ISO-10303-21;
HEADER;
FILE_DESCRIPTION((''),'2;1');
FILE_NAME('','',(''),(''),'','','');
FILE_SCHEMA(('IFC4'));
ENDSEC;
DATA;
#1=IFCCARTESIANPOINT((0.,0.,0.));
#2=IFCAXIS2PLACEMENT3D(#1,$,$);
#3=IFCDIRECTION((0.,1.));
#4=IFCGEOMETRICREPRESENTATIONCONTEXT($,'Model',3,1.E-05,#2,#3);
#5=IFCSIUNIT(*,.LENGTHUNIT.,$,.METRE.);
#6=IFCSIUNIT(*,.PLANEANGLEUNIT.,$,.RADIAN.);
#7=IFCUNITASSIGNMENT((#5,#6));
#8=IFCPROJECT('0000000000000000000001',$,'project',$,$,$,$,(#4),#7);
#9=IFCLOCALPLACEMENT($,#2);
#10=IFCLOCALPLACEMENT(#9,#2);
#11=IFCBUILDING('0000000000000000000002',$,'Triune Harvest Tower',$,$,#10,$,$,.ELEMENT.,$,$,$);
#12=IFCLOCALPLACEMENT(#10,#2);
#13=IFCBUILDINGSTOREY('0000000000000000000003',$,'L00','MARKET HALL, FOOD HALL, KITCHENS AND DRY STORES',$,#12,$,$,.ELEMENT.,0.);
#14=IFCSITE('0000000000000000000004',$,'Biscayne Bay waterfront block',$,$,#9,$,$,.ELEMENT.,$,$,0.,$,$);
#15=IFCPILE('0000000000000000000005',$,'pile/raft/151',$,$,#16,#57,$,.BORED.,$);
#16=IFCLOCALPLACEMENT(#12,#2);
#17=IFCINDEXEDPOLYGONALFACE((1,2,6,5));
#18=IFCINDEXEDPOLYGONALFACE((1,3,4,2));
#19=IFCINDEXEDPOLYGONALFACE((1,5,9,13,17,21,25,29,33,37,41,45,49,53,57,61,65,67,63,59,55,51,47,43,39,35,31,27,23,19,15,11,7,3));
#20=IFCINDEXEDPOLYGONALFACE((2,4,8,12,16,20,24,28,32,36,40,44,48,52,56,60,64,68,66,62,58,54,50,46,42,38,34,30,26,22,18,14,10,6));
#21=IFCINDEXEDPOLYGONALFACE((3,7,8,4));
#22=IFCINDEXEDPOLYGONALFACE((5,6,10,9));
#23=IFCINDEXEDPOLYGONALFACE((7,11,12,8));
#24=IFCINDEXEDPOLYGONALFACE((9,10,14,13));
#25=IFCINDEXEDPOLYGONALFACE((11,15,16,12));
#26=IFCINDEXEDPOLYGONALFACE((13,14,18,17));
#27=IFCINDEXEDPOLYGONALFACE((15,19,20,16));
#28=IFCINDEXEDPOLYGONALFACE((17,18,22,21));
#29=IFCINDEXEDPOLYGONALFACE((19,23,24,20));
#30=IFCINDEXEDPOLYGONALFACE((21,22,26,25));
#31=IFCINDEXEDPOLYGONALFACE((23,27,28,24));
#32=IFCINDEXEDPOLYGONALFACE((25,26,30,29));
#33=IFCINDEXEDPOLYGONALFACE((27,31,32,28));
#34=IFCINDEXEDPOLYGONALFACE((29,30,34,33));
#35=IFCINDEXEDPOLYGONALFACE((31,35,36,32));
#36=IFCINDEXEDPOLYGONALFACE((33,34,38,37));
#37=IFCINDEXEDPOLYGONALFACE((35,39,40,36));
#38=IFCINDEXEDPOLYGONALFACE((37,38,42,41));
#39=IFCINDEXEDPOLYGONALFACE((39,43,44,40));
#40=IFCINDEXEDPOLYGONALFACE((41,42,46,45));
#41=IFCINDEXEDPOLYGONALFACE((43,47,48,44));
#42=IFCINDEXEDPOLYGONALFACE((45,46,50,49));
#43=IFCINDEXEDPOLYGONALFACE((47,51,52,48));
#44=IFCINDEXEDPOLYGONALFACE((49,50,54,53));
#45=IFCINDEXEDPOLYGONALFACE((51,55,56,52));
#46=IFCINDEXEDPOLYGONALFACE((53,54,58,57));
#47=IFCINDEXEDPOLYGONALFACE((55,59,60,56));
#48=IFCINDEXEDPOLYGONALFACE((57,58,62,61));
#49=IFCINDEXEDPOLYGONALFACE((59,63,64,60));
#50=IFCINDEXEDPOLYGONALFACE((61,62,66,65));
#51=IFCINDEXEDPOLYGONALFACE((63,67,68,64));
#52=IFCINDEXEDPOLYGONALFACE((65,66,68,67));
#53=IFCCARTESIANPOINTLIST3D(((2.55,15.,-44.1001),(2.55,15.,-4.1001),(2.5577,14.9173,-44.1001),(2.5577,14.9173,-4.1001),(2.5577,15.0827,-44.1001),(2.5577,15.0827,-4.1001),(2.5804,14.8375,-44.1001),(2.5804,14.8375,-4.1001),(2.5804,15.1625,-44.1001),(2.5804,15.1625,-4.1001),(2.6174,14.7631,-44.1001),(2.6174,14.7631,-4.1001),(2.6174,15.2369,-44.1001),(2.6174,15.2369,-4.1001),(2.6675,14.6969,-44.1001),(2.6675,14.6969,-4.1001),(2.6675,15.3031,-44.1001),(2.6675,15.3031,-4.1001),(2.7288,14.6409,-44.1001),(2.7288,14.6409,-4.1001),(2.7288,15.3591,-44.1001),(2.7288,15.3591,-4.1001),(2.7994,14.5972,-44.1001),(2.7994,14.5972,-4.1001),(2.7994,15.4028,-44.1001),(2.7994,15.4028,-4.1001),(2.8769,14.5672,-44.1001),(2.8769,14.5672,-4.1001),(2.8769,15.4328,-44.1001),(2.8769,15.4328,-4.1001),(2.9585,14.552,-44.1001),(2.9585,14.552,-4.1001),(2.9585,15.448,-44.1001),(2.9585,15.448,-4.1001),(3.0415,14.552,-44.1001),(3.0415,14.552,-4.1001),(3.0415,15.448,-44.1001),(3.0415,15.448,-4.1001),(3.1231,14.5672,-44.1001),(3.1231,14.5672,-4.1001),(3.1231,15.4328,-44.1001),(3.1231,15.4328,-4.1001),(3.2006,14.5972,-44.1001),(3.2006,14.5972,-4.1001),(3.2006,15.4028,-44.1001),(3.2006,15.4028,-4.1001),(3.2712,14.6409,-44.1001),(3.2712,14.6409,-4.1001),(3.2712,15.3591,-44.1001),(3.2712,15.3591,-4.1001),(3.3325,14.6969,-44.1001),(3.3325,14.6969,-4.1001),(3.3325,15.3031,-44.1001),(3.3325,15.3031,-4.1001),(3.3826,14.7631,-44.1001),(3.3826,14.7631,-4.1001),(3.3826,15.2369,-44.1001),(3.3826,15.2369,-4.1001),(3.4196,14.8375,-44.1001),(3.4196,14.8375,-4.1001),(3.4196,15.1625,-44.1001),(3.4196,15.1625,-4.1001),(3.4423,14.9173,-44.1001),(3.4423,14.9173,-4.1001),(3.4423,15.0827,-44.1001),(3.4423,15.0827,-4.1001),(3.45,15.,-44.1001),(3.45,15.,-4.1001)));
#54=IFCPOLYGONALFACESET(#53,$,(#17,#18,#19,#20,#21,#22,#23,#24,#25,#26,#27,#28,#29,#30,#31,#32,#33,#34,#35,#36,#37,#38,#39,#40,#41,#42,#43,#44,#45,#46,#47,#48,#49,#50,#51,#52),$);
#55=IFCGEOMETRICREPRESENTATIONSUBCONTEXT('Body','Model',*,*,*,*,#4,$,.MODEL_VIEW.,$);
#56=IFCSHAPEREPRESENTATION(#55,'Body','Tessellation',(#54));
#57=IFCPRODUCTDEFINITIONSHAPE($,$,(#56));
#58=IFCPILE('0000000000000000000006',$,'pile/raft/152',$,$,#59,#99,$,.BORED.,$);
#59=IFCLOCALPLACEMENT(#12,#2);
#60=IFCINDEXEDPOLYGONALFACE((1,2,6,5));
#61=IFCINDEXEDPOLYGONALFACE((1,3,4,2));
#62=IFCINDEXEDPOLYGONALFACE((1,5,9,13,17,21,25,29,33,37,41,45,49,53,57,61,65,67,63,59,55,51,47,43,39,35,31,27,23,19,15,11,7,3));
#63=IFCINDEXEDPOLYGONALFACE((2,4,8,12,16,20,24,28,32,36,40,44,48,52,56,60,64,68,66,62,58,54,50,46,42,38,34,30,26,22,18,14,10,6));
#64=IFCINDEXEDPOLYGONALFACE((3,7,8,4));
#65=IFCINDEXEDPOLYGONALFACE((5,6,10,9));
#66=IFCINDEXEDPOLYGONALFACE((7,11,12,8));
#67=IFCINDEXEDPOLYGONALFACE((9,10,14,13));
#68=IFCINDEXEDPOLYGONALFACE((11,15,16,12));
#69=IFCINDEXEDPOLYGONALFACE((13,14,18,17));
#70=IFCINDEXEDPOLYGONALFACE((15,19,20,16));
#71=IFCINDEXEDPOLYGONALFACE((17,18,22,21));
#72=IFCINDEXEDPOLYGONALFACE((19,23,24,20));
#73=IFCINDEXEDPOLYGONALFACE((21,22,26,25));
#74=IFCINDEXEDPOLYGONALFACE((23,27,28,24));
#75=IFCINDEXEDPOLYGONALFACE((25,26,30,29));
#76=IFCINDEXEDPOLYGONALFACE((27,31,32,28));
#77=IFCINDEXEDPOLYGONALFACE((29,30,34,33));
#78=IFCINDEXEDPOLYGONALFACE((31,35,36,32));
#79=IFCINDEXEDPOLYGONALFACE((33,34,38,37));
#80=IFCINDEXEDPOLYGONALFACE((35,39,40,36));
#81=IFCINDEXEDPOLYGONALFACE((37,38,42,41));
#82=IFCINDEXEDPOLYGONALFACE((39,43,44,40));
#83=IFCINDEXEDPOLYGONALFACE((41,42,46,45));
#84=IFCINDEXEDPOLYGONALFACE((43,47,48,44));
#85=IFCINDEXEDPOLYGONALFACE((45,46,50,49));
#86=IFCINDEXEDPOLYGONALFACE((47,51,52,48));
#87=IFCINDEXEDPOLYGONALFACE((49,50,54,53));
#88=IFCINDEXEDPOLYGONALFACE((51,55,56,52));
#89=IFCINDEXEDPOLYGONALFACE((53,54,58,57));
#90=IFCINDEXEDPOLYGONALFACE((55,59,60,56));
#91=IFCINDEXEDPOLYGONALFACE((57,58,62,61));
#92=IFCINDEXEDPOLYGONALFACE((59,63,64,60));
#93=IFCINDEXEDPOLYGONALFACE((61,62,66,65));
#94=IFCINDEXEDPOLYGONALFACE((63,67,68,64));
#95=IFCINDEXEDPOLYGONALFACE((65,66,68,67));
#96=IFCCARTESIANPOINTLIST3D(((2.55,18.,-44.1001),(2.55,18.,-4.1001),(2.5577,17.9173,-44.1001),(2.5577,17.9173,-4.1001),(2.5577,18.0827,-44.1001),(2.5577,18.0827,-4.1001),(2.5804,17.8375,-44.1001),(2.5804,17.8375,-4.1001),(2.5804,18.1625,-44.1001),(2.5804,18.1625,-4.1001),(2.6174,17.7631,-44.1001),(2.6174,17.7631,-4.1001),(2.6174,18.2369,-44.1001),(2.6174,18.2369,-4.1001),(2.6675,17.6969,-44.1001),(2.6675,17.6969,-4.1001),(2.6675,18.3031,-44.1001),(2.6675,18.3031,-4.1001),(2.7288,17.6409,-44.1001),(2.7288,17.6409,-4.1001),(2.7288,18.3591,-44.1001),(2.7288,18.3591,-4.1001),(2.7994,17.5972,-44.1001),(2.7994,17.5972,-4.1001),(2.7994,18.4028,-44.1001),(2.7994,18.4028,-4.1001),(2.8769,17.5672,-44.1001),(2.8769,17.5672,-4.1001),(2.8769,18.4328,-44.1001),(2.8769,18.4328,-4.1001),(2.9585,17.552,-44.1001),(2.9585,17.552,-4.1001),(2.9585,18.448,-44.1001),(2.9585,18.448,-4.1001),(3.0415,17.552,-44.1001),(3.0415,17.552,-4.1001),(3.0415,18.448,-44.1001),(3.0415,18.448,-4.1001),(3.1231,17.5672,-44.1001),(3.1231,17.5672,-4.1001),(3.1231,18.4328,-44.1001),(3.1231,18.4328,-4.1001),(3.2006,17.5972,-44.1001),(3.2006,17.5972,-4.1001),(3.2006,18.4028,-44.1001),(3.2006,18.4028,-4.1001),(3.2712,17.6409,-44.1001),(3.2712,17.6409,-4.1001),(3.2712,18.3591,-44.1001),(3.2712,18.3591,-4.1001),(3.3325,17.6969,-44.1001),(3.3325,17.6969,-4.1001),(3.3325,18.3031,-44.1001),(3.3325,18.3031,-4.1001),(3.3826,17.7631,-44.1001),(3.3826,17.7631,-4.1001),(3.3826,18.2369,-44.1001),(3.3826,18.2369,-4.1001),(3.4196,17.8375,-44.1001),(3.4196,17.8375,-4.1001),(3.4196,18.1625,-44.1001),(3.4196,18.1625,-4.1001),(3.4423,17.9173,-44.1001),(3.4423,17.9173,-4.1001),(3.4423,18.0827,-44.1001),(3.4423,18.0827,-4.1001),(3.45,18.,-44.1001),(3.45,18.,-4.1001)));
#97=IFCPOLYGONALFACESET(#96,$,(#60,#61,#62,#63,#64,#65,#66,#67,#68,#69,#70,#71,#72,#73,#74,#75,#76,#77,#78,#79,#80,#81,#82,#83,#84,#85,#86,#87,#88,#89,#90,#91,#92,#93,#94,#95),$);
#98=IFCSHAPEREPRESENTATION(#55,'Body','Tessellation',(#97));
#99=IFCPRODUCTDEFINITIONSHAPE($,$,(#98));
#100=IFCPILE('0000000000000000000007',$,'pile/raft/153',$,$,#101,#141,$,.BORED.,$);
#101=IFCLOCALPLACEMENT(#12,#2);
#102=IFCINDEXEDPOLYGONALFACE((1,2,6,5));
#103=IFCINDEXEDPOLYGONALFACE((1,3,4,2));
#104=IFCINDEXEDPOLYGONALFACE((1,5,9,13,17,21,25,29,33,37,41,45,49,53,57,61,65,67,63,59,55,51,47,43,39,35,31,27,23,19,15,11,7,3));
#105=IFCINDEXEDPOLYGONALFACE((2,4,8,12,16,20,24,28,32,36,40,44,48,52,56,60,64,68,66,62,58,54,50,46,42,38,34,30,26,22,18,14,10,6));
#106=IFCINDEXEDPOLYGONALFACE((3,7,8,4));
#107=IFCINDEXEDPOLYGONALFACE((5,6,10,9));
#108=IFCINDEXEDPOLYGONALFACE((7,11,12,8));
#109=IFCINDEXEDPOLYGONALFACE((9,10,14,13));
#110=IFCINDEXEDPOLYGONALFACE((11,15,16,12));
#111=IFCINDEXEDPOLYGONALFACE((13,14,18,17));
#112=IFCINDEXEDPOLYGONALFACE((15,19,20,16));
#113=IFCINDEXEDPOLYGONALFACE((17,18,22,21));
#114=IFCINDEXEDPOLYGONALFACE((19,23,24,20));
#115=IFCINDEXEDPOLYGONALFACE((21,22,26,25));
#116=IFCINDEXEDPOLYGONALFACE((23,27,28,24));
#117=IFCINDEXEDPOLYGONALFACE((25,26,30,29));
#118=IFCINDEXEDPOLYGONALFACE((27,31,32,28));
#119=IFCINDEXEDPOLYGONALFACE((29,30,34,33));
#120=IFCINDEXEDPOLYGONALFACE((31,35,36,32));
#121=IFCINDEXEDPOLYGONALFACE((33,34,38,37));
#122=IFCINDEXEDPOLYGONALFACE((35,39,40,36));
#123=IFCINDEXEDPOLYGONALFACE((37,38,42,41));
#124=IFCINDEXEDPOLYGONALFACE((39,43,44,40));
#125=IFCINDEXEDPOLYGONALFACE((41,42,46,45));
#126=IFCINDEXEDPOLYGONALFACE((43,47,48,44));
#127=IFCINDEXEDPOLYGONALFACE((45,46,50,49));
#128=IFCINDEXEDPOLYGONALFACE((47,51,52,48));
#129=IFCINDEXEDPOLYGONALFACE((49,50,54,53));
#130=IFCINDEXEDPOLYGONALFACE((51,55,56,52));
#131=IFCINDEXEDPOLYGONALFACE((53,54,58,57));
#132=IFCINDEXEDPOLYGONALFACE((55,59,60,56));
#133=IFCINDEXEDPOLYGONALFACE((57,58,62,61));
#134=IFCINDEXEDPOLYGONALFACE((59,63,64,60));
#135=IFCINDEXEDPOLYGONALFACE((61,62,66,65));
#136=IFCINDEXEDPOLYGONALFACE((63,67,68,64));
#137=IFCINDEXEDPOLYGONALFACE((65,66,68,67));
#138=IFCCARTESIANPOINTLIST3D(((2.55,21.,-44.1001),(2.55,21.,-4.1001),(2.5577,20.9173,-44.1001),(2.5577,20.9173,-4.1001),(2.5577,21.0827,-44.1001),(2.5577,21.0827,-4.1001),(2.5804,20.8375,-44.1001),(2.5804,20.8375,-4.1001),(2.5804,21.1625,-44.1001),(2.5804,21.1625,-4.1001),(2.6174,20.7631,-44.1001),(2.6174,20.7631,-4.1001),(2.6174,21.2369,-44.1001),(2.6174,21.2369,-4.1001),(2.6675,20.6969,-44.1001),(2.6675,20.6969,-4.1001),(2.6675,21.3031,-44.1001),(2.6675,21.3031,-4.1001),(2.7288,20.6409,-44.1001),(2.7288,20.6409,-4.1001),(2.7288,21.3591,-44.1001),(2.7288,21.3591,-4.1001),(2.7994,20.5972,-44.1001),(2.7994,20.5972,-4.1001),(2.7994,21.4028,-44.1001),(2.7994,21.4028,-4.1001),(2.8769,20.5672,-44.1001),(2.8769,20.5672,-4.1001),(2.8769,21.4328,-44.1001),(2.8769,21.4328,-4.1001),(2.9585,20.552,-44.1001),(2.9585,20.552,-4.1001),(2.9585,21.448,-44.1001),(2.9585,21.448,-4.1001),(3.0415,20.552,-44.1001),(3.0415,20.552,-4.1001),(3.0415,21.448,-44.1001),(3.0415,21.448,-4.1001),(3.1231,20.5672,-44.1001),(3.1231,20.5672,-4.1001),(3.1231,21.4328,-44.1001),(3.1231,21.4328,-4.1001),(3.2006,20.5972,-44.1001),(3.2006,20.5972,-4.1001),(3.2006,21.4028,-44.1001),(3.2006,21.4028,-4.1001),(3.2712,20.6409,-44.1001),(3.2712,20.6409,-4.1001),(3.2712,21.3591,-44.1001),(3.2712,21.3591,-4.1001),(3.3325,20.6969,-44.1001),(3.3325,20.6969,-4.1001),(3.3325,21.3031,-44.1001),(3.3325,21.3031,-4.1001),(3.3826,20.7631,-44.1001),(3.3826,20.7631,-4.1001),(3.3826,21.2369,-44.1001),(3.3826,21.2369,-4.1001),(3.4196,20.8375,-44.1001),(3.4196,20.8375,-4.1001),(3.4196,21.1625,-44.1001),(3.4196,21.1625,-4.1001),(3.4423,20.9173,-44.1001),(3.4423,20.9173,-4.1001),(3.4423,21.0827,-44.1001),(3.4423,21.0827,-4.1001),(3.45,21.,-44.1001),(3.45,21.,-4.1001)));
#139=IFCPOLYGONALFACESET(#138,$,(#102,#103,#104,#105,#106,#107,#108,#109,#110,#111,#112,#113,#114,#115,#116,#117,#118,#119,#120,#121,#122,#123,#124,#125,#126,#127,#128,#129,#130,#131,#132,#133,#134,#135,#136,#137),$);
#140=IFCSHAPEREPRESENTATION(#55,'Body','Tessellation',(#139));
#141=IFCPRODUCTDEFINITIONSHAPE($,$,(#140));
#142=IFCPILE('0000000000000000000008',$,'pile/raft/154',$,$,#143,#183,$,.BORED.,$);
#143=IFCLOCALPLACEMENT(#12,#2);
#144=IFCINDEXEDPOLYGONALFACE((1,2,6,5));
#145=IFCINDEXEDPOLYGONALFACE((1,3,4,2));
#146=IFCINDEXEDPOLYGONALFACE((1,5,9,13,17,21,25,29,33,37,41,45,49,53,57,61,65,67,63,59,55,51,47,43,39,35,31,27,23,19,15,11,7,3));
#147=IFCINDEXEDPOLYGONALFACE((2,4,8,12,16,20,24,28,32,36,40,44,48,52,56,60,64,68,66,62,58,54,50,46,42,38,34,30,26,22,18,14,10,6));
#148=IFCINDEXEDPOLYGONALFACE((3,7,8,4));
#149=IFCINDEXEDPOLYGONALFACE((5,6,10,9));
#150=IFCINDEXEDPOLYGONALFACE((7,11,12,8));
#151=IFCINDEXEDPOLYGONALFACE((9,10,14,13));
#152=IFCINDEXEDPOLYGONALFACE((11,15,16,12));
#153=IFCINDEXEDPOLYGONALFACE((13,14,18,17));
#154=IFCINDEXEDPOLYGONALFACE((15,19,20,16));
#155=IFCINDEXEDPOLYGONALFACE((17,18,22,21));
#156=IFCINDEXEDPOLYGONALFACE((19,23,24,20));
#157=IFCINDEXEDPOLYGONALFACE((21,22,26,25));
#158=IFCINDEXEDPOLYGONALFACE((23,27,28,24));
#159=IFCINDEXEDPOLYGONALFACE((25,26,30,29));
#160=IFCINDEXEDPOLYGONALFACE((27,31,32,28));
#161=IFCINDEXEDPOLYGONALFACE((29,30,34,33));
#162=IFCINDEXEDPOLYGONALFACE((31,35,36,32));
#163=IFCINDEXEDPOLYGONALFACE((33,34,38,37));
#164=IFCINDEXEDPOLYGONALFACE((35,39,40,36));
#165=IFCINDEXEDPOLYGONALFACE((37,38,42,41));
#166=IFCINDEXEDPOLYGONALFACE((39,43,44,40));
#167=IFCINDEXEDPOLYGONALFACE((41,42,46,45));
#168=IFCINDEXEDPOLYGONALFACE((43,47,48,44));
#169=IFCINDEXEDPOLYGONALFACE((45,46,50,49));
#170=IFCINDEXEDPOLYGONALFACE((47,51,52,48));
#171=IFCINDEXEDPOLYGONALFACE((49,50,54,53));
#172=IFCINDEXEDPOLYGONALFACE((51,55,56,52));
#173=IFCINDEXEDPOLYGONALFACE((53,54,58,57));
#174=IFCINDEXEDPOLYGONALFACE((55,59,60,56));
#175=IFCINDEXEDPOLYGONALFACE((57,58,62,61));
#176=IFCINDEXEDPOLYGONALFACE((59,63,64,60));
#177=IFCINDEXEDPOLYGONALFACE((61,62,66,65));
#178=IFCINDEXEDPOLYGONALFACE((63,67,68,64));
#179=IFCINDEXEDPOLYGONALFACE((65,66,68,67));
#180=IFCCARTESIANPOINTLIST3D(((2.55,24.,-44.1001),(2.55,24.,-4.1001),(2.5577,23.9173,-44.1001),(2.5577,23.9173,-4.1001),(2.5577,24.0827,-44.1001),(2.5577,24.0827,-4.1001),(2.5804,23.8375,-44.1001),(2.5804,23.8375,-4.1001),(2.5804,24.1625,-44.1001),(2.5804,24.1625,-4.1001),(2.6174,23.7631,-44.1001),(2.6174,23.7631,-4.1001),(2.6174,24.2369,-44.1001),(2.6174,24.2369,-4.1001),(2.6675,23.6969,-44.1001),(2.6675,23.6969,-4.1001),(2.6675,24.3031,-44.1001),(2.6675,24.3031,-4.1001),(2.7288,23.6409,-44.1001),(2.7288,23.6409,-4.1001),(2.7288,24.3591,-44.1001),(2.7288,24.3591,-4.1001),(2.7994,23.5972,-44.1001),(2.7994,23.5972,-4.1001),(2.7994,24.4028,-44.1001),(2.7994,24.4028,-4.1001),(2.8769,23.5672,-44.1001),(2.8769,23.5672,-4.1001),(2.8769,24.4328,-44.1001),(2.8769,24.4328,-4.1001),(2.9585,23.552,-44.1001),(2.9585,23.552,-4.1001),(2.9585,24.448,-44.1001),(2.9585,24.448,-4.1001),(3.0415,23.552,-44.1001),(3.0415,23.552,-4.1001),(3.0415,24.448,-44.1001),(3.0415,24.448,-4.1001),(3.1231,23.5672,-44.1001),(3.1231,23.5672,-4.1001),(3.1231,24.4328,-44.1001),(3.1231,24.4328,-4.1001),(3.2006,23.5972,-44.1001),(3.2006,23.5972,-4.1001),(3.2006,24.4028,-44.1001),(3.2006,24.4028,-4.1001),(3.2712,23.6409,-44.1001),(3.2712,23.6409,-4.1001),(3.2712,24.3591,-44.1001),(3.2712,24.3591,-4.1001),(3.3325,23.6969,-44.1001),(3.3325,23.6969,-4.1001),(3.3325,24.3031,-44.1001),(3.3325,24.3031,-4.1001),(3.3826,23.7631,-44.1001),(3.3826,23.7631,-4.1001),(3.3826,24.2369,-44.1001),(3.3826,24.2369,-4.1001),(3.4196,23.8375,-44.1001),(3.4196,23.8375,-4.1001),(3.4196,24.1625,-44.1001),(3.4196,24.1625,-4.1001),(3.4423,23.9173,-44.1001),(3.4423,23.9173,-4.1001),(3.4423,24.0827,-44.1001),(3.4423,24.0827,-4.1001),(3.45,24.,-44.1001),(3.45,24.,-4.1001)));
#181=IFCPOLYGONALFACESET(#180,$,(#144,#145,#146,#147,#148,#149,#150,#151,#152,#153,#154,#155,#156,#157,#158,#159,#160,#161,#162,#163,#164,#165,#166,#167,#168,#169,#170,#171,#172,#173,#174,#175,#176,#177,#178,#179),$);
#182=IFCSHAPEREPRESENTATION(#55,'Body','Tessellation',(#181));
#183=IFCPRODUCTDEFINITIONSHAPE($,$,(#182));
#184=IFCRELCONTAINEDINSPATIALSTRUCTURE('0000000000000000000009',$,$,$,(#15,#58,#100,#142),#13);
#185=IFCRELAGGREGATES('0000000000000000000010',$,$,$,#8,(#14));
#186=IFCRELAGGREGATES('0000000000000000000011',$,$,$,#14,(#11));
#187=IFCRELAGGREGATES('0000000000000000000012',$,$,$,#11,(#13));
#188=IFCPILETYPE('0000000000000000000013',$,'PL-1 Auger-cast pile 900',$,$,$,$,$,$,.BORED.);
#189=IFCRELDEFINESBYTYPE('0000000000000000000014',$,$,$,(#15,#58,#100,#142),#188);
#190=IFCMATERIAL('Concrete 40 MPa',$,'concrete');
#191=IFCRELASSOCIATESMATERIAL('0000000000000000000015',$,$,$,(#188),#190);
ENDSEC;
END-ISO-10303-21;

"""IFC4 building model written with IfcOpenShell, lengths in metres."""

from ifc_helpers import new_model, si_unit, direction, frame, origin, origin_2d, place, context, subcontext, project, spatial, circle, extrude, source, transform, mapped, material, material_profile, profile_set, type_object, element, save


model = new_model("IFC4")

# Units and contexts
model_context = context("Model", 3, precision=1e-05, world=origin(), true_north=direction((0.0, 1.0)))
body_context = subcontext(model_context, "Body", "Model", "MODEL_VIEW")
ifc_project = project(units=[si_unit("LENGTHUNIT", "METRE"), si_unit("PLANEANGLEUNIT", "RADIAN")], contexts=[model_context])

# Site, building, storey
site_placement = place(None, origin())
site = spatial("IfcSite", under=ifc_project, at=site_placement, Name="Biscayne Bay waterfront block", CompositionType="ELEMENT", RefElevation=0.0)
building_placement = place(site_placement, origin())
building = spatial("IfcBuilding", under=site, at=building_placement, Name="Triune Harvest Tower", CompositionType="ELEMENT")
storey_placement = place(building_placement, origin())
storey = spatial("IfcBuildingStorey", under=building, at=storey_placement, Name="L00", Description="MARKET HALL, FOOD HALL, KITCHENS AND DRY STORES", CompositionType="ELEMENT", Elevation=0.0)

# Piles
ifc_material_1 = material(Name="Concrete 40 MPa", Category="concrete")
ifc_material_profile = material_profile(ifc_material_1, circle(Radius=0.45, at=origin_2d()), Name="Bored 900")
ifc_profile_set = profile_set([ifc_material_profile], Name="Concrete 40 MPa")
pile_type = type_object("IfcPileType", Name="PL-1 Auger-cast pile 900", PredefinedType="BORED", material=ifc_profile_set)
shared_shape = source(origin(), body_context, "Body", "SweptSolid", [
    extrude(circle(Radius=0.45, at=origin_2d()), origin(), (0.0, 0.0, 1.0), 40.0),
])
for number, where, z_axis, x_axis, name in (
    (1, (3.0, 15.0, -4.1001), (0.0, 0.0, -1.0), (1.0, 0.0, 0.0), "pile/raft/151"),
    (2, (3.0, 18.0, -4.1001), (0.0, 0.0, -1.0), (1.0, 0.0, 0.0), "pile/raft/152"),
    (3, (3.0, 21.0, -4.1001), (0.0, 0.0, -1.0), (1.0, 0.0, 0.0), "pile/raft/153"),
    (4, (3.0, 24.0, -4.1001), (0.0, 0.0, -1.0), (1.0, 0.0, 0.0), "pile/raft/154"),
):
    element("IfcPile", number, at=place(storey_placement, frame(where, z_axis=z_axis, x_axis=x_axis)), inside=storey, type_object=pile_type, Name=name, PredefinedType="BORED", context=body_context, shape_type="MappedRepresentation", body=[
        mapped(shared_shape, transform((0.0, 0.0, 0.0), scale=1.0)),
    ])

save(model, "model.ifc")
